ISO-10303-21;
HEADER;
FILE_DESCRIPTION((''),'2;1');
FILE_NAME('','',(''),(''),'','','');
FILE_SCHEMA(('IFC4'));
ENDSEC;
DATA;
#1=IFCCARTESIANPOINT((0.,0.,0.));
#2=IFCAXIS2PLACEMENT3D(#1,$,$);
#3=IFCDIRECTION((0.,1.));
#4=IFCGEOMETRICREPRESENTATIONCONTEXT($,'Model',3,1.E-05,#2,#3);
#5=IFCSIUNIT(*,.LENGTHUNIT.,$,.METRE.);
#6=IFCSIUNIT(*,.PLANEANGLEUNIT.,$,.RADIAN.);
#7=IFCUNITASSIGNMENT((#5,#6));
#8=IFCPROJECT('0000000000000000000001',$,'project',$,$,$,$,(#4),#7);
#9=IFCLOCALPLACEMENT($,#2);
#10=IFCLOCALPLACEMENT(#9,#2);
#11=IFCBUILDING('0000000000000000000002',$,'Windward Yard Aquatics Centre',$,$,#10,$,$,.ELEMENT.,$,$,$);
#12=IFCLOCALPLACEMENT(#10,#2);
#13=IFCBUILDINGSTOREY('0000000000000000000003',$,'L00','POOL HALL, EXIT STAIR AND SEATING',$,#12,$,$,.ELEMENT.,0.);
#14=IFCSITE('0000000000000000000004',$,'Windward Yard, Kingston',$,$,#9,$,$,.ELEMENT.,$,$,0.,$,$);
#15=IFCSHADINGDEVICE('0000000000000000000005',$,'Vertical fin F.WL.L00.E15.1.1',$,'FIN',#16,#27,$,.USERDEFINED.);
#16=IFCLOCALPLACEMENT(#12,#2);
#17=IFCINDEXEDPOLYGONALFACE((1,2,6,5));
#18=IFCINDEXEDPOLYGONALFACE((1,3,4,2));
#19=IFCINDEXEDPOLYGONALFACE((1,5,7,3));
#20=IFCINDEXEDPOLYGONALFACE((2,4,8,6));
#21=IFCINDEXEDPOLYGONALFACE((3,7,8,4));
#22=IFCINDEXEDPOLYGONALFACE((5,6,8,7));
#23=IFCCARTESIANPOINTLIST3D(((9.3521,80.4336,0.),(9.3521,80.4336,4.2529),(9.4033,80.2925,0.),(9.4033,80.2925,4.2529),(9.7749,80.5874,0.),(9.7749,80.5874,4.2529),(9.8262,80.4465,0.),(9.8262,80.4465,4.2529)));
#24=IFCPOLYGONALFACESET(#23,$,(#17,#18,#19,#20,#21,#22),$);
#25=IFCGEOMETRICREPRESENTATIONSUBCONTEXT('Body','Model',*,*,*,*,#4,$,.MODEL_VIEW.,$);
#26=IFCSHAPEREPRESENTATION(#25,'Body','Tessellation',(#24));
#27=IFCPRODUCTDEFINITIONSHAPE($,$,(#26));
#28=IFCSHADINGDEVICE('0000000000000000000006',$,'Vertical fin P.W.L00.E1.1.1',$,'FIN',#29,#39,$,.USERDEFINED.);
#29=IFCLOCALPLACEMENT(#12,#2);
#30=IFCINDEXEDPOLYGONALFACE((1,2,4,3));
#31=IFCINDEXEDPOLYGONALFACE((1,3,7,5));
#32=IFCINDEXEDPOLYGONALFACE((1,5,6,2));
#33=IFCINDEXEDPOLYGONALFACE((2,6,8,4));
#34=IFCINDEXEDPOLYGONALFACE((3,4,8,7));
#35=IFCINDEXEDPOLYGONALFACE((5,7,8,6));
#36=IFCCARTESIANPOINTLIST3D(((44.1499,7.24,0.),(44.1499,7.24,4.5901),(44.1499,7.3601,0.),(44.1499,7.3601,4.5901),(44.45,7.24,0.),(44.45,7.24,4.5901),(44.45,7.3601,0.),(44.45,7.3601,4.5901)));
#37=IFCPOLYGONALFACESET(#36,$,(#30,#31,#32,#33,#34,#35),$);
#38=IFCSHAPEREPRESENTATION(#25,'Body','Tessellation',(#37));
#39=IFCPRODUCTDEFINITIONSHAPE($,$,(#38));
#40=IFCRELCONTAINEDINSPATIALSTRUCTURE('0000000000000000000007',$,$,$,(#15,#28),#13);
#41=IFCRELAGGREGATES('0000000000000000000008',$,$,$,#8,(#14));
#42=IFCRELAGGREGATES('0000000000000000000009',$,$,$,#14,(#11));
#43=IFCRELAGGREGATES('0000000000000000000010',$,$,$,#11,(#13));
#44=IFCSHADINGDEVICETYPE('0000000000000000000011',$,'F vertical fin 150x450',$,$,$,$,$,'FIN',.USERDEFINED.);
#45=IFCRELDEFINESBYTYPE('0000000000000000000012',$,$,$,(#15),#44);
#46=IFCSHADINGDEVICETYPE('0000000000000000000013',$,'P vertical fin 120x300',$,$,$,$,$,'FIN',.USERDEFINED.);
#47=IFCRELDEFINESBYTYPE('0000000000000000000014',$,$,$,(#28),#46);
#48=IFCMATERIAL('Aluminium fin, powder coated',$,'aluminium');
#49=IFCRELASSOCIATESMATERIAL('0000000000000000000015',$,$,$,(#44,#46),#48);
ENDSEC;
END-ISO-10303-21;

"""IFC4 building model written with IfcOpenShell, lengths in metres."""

from ifc_helpers import new_model, si_unit, direction, origin, place, context, subcontext, project, spatial, polyline, outline, extrude, material, type_object, element, save


model = new_model("IFC4")

# Units and contexts
model_context = context("Model", 3, precision=1e-05, world=origin(), true_north=direction((0.0, 1.0)))
body_context = subcontext(model_context, "Body", "Model", "MODEL_VIEW")
ifc_project = project(units=[si_unit("LENGTHUNIT", "METRE"), si_unit("PLANEANGLEUNIT", "RADIAN")], contexts=[model_context])

# Site, building, storey
site_placement = place(None, origin())
site = spatial("IfcSite", under=ifc_project, at=site_placement, Name="Windward Yard, Kingston", CompositionType="ELEMENT", RefElevation=0.0)
building_placement = place(site_placement, origin())
building = spatial("IfcBuilding", under=site, at=building_placement, Name="Windward Yard Aquatics Centre", CompositionType="ELEMENT")
storey_placement = place(building_placement, origin())
storey = spatial("IfcBuildingStorey", under=building, at=storey_placement, Name="L00", Description="POOL HALL, EXIT STAIR AND SEATING", CompositionType="ELEMENT", Elevation=0.0)

# Shared definitions
ifc_material_1 = material(Name="Aluminium fin, powder coated", Category="aluminium")

# Shading devices
shading_device_type_1 = type_object("IfcShadingDeviceType", Name="F vertical fin 150x450", ElementType="FIN", PredefinedType="USERDEFINED", material=ifc_material_1)
shading_device_1_placement = place(storey_placement, origin())
element("IfcShadingDevice", 1, at=shading_device_1_placement, inside=storey, type_object=shading_device_type_1, Name="Vertical fin F.WL.L00.E15.1.1", ObjectType="FIN", PredefinedType="USERDEFINED", context=body_context, shape_type="SweptSolid", body=[
    extrude(outline(polyline([(9.3521, 80.4336), (9.7749, 80.5874), (9.8262, 80.4465), (9.4033, 80.2925), (9.3521, 80.4336)])), origin(), (0.0, 0.0, 1.0), 4.2529),
])
shading_device_type_2 = type_object("IfcShadingDeviceType", Name="P vertical fin 120x300", ElementType="FIN", PredefinedType="USERDEFINED", material=ifc_material_1)
shading_device_2_placement = place(storey_placement, origin())
element("IfcShadingDevice", 2, at=shading_device_2_placement, inside=storey, type_object=shading_device_type_2, Name="Vertical fin P.W.L00.E1.1.1", ObjectType="FIN", PredefinedType="USERDEFINED", context=body_context, shape_type="SweptSolid", body=[
    extrude(outline(polyline([(44.1499, 7.24), (44.1499, 7.3601), (44.45, 7.3601), (44.45, 7.24), (44.1499, 7.24)])), origin(), (0.0, 0.0, 1.0), 4.5901),
])

save(model, "model.ifc")
